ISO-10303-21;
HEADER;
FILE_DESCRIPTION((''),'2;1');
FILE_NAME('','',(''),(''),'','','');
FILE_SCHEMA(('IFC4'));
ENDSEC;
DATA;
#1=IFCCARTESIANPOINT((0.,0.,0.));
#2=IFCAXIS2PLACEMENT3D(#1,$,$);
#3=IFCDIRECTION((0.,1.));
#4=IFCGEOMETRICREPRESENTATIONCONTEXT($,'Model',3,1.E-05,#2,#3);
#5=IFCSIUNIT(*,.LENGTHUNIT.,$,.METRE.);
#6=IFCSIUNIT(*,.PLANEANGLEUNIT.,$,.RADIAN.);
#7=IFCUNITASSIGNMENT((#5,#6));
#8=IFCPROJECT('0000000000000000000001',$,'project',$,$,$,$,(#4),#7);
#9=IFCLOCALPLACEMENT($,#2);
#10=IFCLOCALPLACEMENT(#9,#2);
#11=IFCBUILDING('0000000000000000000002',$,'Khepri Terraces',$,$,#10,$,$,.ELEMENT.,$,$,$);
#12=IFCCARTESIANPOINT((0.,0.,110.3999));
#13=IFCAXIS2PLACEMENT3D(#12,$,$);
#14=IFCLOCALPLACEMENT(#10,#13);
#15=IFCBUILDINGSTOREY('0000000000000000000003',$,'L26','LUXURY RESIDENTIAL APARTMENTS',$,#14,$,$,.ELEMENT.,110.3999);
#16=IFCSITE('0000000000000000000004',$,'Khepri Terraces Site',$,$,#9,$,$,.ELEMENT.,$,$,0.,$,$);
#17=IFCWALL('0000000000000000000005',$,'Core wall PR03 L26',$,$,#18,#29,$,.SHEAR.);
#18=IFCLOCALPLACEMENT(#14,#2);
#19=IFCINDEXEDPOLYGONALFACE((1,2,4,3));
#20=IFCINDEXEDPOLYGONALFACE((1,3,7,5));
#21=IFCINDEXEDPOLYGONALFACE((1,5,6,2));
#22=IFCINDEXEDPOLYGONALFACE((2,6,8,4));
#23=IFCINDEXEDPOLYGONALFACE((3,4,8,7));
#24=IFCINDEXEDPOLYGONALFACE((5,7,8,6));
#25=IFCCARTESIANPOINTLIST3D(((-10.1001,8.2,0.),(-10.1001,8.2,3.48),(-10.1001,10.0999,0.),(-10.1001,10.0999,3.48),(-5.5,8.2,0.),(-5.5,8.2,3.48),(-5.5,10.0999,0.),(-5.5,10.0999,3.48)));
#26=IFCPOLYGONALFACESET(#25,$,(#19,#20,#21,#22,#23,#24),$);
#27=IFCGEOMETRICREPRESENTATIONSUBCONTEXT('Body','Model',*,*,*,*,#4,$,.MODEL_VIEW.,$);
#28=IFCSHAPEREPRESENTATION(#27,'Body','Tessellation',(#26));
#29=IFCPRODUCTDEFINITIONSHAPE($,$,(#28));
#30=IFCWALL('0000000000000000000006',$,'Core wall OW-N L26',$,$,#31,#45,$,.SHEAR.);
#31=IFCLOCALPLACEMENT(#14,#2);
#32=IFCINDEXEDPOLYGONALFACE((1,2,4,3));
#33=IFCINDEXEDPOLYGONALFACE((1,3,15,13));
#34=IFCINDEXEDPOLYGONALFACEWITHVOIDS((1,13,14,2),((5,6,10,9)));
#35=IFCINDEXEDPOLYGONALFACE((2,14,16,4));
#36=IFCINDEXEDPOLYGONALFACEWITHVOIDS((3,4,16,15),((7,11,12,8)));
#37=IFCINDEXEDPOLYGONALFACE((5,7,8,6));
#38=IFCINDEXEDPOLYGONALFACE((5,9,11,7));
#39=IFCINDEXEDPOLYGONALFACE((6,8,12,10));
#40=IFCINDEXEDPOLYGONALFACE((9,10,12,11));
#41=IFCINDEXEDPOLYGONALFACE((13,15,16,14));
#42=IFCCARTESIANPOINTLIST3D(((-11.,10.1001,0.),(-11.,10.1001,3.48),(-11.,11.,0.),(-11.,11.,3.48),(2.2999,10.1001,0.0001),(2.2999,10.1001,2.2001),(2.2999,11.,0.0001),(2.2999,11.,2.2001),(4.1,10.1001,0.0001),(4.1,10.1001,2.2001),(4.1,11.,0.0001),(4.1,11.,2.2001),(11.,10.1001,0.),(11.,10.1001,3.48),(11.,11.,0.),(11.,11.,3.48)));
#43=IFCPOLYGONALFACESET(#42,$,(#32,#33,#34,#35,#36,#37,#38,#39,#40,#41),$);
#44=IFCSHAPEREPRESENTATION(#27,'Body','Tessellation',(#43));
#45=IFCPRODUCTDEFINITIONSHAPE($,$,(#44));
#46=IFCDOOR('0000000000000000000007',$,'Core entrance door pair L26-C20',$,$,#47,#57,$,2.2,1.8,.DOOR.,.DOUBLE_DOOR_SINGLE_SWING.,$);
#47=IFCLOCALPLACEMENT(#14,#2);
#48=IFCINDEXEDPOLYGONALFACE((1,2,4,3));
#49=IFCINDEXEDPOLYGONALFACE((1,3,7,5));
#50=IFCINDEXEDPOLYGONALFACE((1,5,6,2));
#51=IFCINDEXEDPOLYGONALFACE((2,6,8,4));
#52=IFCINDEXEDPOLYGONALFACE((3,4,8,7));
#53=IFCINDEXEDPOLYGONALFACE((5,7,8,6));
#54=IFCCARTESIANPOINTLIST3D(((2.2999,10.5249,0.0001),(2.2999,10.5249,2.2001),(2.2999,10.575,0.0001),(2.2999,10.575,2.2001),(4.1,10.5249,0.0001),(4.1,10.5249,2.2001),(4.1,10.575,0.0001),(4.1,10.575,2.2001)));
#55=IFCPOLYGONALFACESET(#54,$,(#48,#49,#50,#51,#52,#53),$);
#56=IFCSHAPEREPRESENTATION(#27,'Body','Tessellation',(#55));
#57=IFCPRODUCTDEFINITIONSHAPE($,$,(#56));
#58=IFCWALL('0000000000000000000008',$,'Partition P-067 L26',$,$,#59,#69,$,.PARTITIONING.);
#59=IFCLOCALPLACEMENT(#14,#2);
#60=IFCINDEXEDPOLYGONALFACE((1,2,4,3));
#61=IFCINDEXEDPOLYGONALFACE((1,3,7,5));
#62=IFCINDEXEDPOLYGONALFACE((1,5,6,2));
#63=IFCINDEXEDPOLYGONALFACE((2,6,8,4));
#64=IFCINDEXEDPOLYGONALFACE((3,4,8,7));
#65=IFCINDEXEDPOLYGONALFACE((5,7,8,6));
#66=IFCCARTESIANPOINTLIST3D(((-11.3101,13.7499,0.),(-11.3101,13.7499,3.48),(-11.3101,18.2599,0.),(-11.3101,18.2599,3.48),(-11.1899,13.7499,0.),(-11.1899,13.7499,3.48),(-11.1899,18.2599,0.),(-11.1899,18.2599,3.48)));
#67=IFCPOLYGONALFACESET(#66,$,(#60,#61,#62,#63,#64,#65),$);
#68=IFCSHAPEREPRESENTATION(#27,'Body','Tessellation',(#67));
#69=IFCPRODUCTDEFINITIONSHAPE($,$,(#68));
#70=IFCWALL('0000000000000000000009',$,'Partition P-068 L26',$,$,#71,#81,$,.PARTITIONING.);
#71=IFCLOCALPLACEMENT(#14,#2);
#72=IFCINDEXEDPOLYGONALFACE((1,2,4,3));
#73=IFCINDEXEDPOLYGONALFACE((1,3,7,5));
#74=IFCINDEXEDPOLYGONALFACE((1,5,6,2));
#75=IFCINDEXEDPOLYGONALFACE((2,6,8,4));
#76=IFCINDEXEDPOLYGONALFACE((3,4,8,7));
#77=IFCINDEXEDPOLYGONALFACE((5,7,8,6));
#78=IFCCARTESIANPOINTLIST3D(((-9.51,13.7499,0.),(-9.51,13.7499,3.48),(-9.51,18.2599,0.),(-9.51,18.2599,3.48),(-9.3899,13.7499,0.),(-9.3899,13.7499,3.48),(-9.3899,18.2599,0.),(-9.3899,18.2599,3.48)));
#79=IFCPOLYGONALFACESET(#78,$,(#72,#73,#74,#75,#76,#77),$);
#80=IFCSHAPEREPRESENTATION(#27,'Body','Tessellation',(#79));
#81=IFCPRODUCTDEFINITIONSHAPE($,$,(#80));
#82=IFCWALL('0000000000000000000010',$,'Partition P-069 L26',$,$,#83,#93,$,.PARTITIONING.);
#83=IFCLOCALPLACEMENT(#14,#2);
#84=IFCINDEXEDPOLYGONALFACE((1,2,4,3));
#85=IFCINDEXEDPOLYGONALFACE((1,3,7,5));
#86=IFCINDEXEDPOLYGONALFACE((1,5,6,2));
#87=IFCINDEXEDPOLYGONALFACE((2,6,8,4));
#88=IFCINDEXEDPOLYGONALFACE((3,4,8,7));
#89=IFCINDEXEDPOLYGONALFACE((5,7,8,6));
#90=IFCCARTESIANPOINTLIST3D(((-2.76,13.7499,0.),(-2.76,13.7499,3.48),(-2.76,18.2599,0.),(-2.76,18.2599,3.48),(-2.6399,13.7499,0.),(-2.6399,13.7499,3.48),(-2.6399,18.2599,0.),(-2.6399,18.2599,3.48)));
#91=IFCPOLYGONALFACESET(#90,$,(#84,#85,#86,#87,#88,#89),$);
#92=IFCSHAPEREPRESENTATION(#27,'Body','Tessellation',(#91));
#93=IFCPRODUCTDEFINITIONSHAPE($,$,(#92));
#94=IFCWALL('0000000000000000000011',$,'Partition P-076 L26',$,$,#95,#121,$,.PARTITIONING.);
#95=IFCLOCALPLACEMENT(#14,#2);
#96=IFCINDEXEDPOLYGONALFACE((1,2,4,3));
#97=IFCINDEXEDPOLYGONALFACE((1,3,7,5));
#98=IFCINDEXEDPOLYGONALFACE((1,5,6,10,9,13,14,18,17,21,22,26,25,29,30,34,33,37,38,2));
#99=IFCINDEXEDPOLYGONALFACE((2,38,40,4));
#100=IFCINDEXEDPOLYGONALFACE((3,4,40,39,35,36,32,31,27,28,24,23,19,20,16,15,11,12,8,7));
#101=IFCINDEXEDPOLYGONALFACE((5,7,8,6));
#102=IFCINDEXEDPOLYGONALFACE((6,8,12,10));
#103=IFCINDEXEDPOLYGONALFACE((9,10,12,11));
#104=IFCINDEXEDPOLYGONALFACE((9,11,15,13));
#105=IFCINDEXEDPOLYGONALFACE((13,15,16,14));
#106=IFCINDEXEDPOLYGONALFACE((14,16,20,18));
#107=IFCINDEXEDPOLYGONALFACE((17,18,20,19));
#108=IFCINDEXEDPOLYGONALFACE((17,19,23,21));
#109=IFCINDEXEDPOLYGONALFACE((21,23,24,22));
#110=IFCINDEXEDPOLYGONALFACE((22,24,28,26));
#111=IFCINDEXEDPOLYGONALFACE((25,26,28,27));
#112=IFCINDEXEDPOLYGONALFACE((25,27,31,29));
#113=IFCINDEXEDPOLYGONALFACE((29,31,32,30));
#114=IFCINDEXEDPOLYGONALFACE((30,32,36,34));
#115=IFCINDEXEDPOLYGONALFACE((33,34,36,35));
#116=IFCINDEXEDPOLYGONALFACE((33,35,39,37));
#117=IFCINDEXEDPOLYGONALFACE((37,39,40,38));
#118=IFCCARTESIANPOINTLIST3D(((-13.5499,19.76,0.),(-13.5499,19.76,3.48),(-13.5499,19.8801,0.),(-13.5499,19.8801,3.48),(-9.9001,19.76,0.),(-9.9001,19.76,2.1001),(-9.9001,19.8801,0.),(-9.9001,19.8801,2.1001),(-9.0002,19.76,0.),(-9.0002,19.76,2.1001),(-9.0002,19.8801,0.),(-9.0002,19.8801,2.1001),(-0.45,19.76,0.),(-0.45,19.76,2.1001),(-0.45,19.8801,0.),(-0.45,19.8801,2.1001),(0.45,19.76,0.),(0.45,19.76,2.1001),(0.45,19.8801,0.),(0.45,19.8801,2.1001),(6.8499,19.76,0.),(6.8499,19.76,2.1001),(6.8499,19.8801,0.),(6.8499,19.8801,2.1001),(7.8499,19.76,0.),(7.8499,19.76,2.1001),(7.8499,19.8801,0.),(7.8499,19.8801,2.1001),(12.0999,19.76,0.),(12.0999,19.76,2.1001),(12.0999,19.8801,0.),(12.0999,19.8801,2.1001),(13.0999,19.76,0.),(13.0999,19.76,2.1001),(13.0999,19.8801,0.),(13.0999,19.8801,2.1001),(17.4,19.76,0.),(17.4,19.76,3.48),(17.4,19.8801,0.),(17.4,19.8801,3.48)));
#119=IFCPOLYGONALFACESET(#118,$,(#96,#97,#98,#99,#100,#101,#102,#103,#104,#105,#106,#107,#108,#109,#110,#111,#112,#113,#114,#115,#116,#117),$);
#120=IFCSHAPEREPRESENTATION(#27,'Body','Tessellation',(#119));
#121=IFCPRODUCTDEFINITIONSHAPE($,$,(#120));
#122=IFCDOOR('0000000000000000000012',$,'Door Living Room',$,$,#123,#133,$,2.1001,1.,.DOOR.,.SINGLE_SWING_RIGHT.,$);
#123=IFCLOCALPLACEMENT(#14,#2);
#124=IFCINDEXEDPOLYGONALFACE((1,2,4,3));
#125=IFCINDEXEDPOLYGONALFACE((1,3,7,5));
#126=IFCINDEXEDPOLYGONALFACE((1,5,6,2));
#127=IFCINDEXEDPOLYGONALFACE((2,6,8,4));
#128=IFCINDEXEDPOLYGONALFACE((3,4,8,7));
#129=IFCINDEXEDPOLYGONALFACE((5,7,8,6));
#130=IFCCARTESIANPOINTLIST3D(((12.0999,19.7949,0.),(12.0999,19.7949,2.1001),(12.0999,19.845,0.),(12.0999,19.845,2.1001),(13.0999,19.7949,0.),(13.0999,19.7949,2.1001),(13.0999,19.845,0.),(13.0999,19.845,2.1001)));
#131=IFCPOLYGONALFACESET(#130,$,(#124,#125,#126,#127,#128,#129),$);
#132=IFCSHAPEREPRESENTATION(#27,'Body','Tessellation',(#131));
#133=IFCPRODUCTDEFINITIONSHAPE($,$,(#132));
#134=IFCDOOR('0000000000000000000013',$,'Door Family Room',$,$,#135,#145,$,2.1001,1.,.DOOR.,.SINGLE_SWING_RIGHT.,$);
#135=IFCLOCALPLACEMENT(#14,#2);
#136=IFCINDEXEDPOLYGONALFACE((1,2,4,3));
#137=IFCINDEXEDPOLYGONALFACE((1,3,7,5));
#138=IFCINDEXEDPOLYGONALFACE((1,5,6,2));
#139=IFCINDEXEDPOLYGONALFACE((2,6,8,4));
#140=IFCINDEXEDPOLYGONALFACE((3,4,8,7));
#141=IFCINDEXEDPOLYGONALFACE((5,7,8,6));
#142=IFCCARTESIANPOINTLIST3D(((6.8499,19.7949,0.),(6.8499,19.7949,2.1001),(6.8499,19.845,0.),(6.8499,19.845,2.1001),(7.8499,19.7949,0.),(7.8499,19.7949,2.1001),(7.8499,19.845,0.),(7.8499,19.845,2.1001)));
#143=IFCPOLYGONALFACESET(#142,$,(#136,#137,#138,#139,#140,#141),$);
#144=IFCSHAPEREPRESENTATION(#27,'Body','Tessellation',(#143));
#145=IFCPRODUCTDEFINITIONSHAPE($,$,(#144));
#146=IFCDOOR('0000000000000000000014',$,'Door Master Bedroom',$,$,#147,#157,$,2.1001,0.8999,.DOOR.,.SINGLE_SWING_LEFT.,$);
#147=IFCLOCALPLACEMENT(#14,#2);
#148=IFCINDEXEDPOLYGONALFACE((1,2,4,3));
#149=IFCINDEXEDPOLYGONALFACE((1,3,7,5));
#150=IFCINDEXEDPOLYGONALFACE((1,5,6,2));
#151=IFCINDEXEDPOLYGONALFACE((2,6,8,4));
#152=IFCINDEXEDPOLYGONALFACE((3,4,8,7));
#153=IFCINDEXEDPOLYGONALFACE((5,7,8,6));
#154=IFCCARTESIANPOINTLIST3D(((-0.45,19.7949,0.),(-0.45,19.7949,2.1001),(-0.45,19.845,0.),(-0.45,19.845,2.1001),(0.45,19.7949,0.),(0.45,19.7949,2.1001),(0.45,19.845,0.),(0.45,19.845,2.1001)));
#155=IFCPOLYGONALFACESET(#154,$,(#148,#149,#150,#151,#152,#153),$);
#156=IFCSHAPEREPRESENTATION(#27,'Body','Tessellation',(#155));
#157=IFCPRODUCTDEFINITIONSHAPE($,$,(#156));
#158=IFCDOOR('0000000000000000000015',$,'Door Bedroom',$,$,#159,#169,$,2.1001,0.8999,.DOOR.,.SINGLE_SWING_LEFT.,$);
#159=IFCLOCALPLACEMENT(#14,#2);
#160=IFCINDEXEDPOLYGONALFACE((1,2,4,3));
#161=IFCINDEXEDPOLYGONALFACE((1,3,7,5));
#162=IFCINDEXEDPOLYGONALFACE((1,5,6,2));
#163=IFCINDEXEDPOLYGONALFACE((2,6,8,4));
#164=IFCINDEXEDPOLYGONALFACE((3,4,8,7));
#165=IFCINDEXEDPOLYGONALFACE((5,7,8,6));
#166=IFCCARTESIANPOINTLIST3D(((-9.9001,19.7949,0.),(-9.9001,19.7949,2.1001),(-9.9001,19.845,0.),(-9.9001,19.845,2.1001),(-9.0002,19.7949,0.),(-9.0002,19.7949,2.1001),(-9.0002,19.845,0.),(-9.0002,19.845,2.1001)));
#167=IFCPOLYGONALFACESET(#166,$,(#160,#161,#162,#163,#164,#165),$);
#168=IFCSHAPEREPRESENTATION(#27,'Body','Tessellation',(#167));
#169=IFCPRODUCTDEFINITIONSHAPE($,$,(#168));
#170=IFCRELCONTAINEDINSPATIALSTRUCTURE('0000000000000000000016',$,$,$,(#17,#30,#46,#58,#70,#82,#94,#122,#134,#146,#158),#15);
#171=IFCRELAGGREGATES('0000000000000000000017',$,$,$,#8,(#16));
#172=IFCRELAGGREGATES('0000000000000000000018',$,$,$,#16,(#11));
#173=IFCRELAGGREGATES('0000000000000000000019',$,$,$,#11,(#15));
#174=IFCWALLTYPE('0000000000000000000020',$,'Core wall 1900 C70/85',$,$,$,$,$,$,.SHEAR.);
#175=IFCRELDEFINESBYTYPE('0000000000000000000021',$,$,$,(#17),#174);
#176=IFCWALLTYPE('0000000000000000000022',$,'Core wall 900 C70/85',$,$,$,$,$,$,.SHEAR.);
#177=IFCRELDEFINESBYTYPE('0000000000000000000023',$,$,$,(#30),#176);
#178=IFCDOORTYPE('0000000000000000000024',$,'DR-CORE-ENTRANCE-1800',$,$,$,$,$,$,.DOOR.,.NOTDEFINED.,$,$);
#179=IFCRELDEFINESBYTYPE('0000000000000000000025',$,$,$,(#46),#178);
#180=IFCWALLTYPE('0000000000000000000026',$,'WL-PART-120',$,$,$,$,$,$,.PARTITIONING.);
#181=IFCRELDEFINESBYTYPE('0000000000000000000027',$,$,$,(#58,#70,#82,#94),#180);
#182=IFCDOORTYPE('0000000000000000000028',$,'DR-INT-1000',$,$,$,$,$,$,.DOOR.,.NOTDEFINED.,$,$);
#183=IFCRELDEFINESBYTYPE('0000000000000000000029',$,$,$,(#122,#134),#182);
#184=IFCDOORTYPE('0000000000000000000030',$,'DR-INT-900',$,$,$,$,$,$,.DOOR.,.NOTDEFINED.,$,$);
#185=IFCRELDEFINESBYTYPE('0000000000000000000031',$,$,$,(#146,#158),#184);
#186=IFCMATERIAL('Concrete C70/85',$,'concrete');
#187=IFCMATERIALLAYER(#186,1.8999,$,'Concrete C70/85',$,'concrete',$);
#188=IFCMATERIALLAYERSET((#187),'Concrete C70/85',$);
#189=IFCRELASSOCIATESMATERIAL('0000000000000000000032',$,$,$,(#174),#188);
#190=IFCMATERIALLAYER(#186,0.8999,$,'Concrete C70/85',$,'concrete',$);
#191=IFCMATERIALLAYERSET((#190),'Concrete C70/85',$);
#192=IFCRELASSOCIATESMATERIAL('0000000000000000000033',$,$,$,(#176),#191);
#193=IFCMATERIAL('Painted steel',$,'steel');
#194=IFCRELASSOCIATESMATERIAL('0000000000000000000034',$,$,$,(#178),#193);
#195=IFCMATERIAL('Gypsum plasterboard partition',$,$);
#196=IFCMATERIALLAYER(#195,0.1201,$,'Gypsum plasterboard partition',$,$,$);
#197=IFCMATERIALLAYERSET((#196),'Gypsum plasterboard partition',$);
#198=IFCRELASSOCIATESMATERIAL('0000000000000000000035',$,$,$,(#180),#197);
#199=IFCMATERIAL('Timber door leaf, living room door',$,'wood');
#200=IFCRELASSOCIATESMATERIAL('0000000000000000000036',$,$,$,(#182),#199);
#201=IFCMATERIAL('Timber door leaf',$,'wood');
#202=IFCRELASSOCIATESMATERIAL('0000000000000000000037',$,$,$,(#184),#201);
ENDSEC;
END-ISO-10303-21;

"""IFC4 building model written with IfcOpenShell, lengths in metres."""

from ifc_helpers import new_model, si_unit, direction, frame, frame_2d, origin, place, context, subcontext, project, spatial, rectangle, extrude, material, layer, layer_set, type_object, element, fill, save


model = new_model("IFC4")

# Units and contexts
model_context = context("Model", 3, precision=1e-05, world=origin(), true_north=direction((0.0, 1.0)))
body_context = subcontext(model_context, "Body", "Model", "MODEL_VIEW")
ifc_project = project(units=[si_unit("LENGTHUNIT", "METRE"), si_unit("PLANEANGLEUNIT", "RADIAN")], contexts=[model_context])

# Site, building, storey
site_placement = place(None, origin())
site = spatial("IfcSite", under=ifc_project, at=site_placement, Name="Khepri Terraces Site", CompositionType="ELEMENT", RefElevation=0.0)
building_placement = place(site_placement, origin())
building = spatial("IfcBuilding", under=site, at=building_placement, Name="Khepri Terraces", CompositionType="ELEMENT")
storey_placement = place(building_placement, frame((0.0, 0.0, 110.3999)))
storey = spatial("IfcBuildingStorey", under=building, at=storey_placement, Name="L26", Description="LUXURY RESIDENTIAL APARTMENTS", CompositionType="ELEMENT", Elevation=110.3999)

# Wall
ifc_material_1 = material(Name="Concrete C70/85", Category="concrete")
ifc_layer_1 = layer(ifc_material_1, 1.8999, Name="Concrete C70/85", Category="concrete")
ifc_layer_set_1 = layer_set([ifc_layer_1], Name="Concrete C70/85")
wall_type_1 = type_object("IfcWallType", Name="Core wall 1900 C70/85", PredefinedType="SHEAR", material=ifc_layer_set_1)
wall_1_placement = place(storey_placement, frame((-10.1001, 9.1499, 0.0), z_axis=(0.0, 0.0, 1.0), x_axis=(1.0, 0.0, 0.0)))
element("IfcWall", 1, at=wall_1_placement, inside=storey, type_object=wall_type_1, Name="Core wall PR03 L26", PredefinedType="SHEAR", context=body_context, shape_type="SweptSolid", body=[
    extrude(rectangle(XDim=4.6001, YDim=1.8999, at=frame_2d((2.3, 0.0))), origin(), (0.0, 0.0, 1.0), 3.48),
])

# Wall, opening, door
ifc_layer_2 = layer(ifc_material_1, 0.8999, Name="Concrete C70/85", Category="concrete")
ifc_layer_set_2 = layer_set([ifc_layer_2], Name="Concrete C70/85")
wall_type_2 = type_object("IfcWallType", Name="Core wall 900 C70/85", PredefinedType="SHEAR", material=ifc_layer_set_2)
wall_2_placement = place(storey_placement, frame((-11.0, 10.55, 0.0), z_axis=(0.0, 0.0, 1.0), x_axis=(1.0, 0.0, 0.0)))
wall_2 = element("IfcWall", 2, at=wall_2_placement, inside=storey, type_object=wall_type_2, Name="Core wall OW-N L26", PredefinedType="SHEAR", context=body_context, shape_type="SweptSolid", body=[
    extrude(rectangle(XDim=22.0, YDim=0.8999, at=frame_2d((11.0, 0.0))), origin(), (0.0, 0.0, 1.0), 3.48),
])
opening_1_placement = place(wall_2_placement, frame((13.3, 0.0, 0.0)))
opening_1 = element("IfcOpeningElement", 3, at=opening_1_placement, cuts=wall_2, PredefinedType="OPENING", context=body_context, shape_type="SweptSolid", body=[
    extrude(rectangle(XDim=1.8, YDim=2.2, at=frame_2d((0.8999, 1.1001))), frame((0.0, 0.46, 0.0), z_axis=(0.0, -1.0, 0.0), x_axis=(1.0, 0.0, 0.0)), (0.0, 0.0, 1.0), 0.9199),
])
ifc_material_2 = material(Name="Painted steel", Category="steel")
door_type_1 = type_object("IfcDoorType", Name="DR-CORE-ENTRANCE-1800", OperationType="NOTDEFINED", PredefinedType="DOOR", material=ifc_material_2)
door_1_placement = place(opening_1_placement, origin())
door_1 = element("IfcDoor", 4, at=door_1_placement, inside=storey, type_object=door_type_1, Name="Core entrance door pair L26-C20", OperationType="DOUBLE_DOOR_SINGLE_SWING", OverallHeight=2.2, OverallWidth=1.8, PredefinedType="DOOR", context=body_context, shape_type="SweptSolid", body=[
    extrude(rectangle(XDim=1.8, YDim=2.2, at=frame_2d((0.8999, 1.1001))), frame((0.0, 0.0249, 0.0), z_axis=(0.0, -1.0, 0.0), x_axis=(1.0, 0.0, 0.0)), (0.0, 0.0, 1.0), 0.05),
])
fill(opening_1, door_1)

# Walls
ifc_material_3 = material(Name="Gypsum plasterboard partition")
ifc_layer_3 = layer(ifc_material_3, 0.1201, Name="Gypsum plasterboard partition")
ifc_layer_set_3 = layer_set([ifc_layer_3], Name="Gypsum plasterboard partition")
wall_type_3 = type_object("IfcWallType", Name="WL-PART-120", PredefinedType="PARTITIONING", material=ifc_layer_set_3)
for number, where, z_axis, x_axis, name in (
    (5, (-11.25, 13.75, 0.0), (0.0, 0.0, 1.0), (0.0, 1.0, 0.0), "Partition P-067 L26"),
    (6, (-9.45, 13.75, 0.0), (0.0, 0.0, 1.0), (0.0, 1.0, 0.0), "Partition P-068 L26"),
    (7, (-2.7, 13.75, 0.0), (0.0, 0.0, 1.0), (0.0, 1.0, 0.0), "Partition P-069 L26"),
):
    element("IfcWall", number, at=place(storey_placement, frame(where, z_axis=z_axis, x_axis=x_axis)), inside=storey, type_object=wall_type_3, Name=name, PredefinedType="PARTITIONING", context=body_context, shape_type="SweptSolid", body=[
        extrude(rectangle(XDim=4.51, YDim=0.1201, at=frame_2d((2.2549, 0.0))), origin(), (0.0, 0.0, 1.0), 3.48),
    ])

# Wall, openings, doors
wall_3_placement = place(storey_placement, frame((-13.55, 19.8201, 0.0), z_axis=(0.0, 0.0, 1.0), x_axis=(1.0, 0.0, 0.0)))
wall_3 = element("IfcWall", 8, at=wall_3_placement, inside=storey, type_object=wall_type_3, Name="Partition P-076 L26", PredefinedType="PARTITIONING", context=body_context, shape_type="SweptSolid", body=[
    extrude(rectangle(XDim=30.95, YDim=0.1201, at=frame_2d((15.4751, 0.0))), origin(), (0.0, 0.0, 1.0), 3.48),
])
opening_2_placement = place(wall_3_placement, frame((25.6499, 0.0, 0.0)))
opening_2 = element("IfcOpeningElement", 9, at=opening_2_placement, cuts=wall_3, PredefinedType="OPENING", context=body_context, shape_type="SweptSolid", body=[
    extrude(rectangle(XDim=1.0, YDim=2.1001, at=frame_2d((0.5, 1.05))), frame((0.0, 0.0701, 0.0), z_axis=(0.0, -1.0, 0.0), x_axis=(1.0, 0.0, 0.0)), (0.0, 0.0, 1.0), 0.1401),
])
opening_3_placement = place(wall_3_placement, frame((20.3999, 0.0, 0.0)))
opening_3 = element("IfcOpeningElement", 10, at=opening_3_placement, cuts=wall_3, PredefinedType="OPENING", context=body_context, shape_type="SweptSolid", body=[
    extrude(rectangle(XDim=1.0, YDim=2.1001, at=frame_2d((0.5, 1.05))), frame((0.0, 0.0701, 0.0), z_axis=(0.0, -1.0, 0.0), x_axis=(1.0, 0.0, 0.0)), (0.0, 0.0, 1.0), 0.1401),
])
opening_4_placement = place(wall_3_placement, frame((13.1001, 0.0, 0.0)))
opening_4 = element("IfcOpeningElement", 11, at=opening_4_placement, cuts=wall_3, PredefinedType="OPENING", context=body_context, shape_type="SweptSolid", body=[
    extrude(rectangle(XDim=0.8999, YDim=2.1001, at=frame_2d((0.45, 1.05))), frame((0.0, 0.0701, 0.0), z_axis=(0.0, -1.0, 0.0), x_axis=(1.0, 0.0, 0.0)), (0.0, 0.0, 1.0), 0.1401),
])
opening_5_placement = place(wall_3_placement, frame((3.6499, 0.0, 0.0)))
opening_5 = element("IfcOpeningElement", 12, at=opening_5_placement, cuts=wall_3, PredefinedType="OPENING", context=body_context, shape_type="SweptSolid", body=[
    extrude(rectangle(XDim=0.8999, YDim=2.1001, at=frame_2d((0.45, 1.05))), frame((0.0, 0.0701, 0.0), z_axis=(0.0, -1.0, 0.0), x_axis=(1.0, 0.0, 0.0)), (0.0, 0.0, 1.0), 0.1401),
])
ifc_material_4 = material(Name="Timber door leaf, living room door", Category="wood")
door_type_2 = type_object("IfcDoorType", Name="DR-INT-1000", OperationType="NOTDEFINED", PredefinedType="DOOR", material=ifc_material_4)
door_2_placement = place(opening_2_placement, origin())
door_2 = element("IfcDoor", 13, at=door_2_placement, inside=storey, type_object=door_type_2, Name="Door Living Room", OperationType="SINGLE_SWING_RIGHT", OverallHeight=2.1001, OverallWidth=1.0, PredefinedType="DOOR", context=body_context, shape_type="SweptSolid", body=[
    extrude(rectangle(XDim=1.0, YDim=2.1001, at=frame_2d((0.5, 1.05))), frame((0.0, 0.0249, 0.0), z_axis=(0.0, -1.0, 0.0), x_axis=(1.0, 0.0, 0.0)), (0.0, 0.0, 1.0), 0.05),
])
fill(opening_2, door_2)
door_3_placement = place(opening_3_placement, origin())
door_3 = element("IfcDoor", 14, at=door_3_placement, inside=storey, type_object=door_type_2, Name="Door Family Room", OperationType="SINGLE_SWING_RIGHT", OverallHeight=2.1001, OverallWidth=1.0, PredefinedType="DOOR", context=body_context, shape_type="SweptSolid", body=[
    extrude(rectangle(XDim=1.0, YDim=2.1001, at=frame_2d((0.5, 1.05))), frame((0.0, 0.0249, 0.0), z_axis=(0.0, -1.0, 0.0), x_axis=(1.0, 0.0, 0.0)), (0.0, 0.0, 1.0), 0.05),
])
fill(opening_3, door_3)
ifc_material_5 = material(Name="Timber door leaf", Category="wood")
door_type_3 = type_object("IfcDoorType", Name="DR-INT-900", OperationType="NOTDEFINED", PredefinedType="DOOR", material=ifc_material_5)
door_4_placement = place(opening_4_placement, origin())
door_4 = element("IfcDoor", 15, at=door_4_placement, inside=storey, type_object=door_type_3, Name="Door Master Bedroom", OperationType="SINGLE_SWING_LEFT", OverallHeight=2.1001, OverallWidth=0.8999, PredefinedType="DOOR", context=body_context, shape_type="SweptSolid", body=[
    extrude(rectangle(XDim=0.8999, YDim=2.1001, at=frame_2d((0.45, 1.05))), frame((0.0, 0.0249, 0.0), z_axis=(0.0, -1.0, 0.0), x_axis=(1.0, 0.0, 0.0)), (0.0, 0.0, 1.0), 0.05),
])
fill(opening_4, door_4)
door_5_placement = place(opening_5_placement, origin())
door_5 = element("IfcDoor", 16, at=door_5_placement, inside=storey, type_object=door_type_3, Name="Door Bedroom", OperationType="SINGLE_SWING_LEFT", OverallHeight=2.1001, OverallWidth=0.8999, PredefinedType="DOOR", context=body_context, shape_type="SweptSolid", body=[
    extrude(rectangle(XDim=0.8999, YDim=2.1001, at=frame_2d((0.45, 1.05))), frame((0.0, 0.0249, 0.0), z_axis=(0.0, -1.0, 0.0), x_axis=(1.0, 0.0, 0.0)), (0.0, 0.0, 1.0), 0.05),
])
fill(opening_5, door_5)

save(model, "model.ifc")
